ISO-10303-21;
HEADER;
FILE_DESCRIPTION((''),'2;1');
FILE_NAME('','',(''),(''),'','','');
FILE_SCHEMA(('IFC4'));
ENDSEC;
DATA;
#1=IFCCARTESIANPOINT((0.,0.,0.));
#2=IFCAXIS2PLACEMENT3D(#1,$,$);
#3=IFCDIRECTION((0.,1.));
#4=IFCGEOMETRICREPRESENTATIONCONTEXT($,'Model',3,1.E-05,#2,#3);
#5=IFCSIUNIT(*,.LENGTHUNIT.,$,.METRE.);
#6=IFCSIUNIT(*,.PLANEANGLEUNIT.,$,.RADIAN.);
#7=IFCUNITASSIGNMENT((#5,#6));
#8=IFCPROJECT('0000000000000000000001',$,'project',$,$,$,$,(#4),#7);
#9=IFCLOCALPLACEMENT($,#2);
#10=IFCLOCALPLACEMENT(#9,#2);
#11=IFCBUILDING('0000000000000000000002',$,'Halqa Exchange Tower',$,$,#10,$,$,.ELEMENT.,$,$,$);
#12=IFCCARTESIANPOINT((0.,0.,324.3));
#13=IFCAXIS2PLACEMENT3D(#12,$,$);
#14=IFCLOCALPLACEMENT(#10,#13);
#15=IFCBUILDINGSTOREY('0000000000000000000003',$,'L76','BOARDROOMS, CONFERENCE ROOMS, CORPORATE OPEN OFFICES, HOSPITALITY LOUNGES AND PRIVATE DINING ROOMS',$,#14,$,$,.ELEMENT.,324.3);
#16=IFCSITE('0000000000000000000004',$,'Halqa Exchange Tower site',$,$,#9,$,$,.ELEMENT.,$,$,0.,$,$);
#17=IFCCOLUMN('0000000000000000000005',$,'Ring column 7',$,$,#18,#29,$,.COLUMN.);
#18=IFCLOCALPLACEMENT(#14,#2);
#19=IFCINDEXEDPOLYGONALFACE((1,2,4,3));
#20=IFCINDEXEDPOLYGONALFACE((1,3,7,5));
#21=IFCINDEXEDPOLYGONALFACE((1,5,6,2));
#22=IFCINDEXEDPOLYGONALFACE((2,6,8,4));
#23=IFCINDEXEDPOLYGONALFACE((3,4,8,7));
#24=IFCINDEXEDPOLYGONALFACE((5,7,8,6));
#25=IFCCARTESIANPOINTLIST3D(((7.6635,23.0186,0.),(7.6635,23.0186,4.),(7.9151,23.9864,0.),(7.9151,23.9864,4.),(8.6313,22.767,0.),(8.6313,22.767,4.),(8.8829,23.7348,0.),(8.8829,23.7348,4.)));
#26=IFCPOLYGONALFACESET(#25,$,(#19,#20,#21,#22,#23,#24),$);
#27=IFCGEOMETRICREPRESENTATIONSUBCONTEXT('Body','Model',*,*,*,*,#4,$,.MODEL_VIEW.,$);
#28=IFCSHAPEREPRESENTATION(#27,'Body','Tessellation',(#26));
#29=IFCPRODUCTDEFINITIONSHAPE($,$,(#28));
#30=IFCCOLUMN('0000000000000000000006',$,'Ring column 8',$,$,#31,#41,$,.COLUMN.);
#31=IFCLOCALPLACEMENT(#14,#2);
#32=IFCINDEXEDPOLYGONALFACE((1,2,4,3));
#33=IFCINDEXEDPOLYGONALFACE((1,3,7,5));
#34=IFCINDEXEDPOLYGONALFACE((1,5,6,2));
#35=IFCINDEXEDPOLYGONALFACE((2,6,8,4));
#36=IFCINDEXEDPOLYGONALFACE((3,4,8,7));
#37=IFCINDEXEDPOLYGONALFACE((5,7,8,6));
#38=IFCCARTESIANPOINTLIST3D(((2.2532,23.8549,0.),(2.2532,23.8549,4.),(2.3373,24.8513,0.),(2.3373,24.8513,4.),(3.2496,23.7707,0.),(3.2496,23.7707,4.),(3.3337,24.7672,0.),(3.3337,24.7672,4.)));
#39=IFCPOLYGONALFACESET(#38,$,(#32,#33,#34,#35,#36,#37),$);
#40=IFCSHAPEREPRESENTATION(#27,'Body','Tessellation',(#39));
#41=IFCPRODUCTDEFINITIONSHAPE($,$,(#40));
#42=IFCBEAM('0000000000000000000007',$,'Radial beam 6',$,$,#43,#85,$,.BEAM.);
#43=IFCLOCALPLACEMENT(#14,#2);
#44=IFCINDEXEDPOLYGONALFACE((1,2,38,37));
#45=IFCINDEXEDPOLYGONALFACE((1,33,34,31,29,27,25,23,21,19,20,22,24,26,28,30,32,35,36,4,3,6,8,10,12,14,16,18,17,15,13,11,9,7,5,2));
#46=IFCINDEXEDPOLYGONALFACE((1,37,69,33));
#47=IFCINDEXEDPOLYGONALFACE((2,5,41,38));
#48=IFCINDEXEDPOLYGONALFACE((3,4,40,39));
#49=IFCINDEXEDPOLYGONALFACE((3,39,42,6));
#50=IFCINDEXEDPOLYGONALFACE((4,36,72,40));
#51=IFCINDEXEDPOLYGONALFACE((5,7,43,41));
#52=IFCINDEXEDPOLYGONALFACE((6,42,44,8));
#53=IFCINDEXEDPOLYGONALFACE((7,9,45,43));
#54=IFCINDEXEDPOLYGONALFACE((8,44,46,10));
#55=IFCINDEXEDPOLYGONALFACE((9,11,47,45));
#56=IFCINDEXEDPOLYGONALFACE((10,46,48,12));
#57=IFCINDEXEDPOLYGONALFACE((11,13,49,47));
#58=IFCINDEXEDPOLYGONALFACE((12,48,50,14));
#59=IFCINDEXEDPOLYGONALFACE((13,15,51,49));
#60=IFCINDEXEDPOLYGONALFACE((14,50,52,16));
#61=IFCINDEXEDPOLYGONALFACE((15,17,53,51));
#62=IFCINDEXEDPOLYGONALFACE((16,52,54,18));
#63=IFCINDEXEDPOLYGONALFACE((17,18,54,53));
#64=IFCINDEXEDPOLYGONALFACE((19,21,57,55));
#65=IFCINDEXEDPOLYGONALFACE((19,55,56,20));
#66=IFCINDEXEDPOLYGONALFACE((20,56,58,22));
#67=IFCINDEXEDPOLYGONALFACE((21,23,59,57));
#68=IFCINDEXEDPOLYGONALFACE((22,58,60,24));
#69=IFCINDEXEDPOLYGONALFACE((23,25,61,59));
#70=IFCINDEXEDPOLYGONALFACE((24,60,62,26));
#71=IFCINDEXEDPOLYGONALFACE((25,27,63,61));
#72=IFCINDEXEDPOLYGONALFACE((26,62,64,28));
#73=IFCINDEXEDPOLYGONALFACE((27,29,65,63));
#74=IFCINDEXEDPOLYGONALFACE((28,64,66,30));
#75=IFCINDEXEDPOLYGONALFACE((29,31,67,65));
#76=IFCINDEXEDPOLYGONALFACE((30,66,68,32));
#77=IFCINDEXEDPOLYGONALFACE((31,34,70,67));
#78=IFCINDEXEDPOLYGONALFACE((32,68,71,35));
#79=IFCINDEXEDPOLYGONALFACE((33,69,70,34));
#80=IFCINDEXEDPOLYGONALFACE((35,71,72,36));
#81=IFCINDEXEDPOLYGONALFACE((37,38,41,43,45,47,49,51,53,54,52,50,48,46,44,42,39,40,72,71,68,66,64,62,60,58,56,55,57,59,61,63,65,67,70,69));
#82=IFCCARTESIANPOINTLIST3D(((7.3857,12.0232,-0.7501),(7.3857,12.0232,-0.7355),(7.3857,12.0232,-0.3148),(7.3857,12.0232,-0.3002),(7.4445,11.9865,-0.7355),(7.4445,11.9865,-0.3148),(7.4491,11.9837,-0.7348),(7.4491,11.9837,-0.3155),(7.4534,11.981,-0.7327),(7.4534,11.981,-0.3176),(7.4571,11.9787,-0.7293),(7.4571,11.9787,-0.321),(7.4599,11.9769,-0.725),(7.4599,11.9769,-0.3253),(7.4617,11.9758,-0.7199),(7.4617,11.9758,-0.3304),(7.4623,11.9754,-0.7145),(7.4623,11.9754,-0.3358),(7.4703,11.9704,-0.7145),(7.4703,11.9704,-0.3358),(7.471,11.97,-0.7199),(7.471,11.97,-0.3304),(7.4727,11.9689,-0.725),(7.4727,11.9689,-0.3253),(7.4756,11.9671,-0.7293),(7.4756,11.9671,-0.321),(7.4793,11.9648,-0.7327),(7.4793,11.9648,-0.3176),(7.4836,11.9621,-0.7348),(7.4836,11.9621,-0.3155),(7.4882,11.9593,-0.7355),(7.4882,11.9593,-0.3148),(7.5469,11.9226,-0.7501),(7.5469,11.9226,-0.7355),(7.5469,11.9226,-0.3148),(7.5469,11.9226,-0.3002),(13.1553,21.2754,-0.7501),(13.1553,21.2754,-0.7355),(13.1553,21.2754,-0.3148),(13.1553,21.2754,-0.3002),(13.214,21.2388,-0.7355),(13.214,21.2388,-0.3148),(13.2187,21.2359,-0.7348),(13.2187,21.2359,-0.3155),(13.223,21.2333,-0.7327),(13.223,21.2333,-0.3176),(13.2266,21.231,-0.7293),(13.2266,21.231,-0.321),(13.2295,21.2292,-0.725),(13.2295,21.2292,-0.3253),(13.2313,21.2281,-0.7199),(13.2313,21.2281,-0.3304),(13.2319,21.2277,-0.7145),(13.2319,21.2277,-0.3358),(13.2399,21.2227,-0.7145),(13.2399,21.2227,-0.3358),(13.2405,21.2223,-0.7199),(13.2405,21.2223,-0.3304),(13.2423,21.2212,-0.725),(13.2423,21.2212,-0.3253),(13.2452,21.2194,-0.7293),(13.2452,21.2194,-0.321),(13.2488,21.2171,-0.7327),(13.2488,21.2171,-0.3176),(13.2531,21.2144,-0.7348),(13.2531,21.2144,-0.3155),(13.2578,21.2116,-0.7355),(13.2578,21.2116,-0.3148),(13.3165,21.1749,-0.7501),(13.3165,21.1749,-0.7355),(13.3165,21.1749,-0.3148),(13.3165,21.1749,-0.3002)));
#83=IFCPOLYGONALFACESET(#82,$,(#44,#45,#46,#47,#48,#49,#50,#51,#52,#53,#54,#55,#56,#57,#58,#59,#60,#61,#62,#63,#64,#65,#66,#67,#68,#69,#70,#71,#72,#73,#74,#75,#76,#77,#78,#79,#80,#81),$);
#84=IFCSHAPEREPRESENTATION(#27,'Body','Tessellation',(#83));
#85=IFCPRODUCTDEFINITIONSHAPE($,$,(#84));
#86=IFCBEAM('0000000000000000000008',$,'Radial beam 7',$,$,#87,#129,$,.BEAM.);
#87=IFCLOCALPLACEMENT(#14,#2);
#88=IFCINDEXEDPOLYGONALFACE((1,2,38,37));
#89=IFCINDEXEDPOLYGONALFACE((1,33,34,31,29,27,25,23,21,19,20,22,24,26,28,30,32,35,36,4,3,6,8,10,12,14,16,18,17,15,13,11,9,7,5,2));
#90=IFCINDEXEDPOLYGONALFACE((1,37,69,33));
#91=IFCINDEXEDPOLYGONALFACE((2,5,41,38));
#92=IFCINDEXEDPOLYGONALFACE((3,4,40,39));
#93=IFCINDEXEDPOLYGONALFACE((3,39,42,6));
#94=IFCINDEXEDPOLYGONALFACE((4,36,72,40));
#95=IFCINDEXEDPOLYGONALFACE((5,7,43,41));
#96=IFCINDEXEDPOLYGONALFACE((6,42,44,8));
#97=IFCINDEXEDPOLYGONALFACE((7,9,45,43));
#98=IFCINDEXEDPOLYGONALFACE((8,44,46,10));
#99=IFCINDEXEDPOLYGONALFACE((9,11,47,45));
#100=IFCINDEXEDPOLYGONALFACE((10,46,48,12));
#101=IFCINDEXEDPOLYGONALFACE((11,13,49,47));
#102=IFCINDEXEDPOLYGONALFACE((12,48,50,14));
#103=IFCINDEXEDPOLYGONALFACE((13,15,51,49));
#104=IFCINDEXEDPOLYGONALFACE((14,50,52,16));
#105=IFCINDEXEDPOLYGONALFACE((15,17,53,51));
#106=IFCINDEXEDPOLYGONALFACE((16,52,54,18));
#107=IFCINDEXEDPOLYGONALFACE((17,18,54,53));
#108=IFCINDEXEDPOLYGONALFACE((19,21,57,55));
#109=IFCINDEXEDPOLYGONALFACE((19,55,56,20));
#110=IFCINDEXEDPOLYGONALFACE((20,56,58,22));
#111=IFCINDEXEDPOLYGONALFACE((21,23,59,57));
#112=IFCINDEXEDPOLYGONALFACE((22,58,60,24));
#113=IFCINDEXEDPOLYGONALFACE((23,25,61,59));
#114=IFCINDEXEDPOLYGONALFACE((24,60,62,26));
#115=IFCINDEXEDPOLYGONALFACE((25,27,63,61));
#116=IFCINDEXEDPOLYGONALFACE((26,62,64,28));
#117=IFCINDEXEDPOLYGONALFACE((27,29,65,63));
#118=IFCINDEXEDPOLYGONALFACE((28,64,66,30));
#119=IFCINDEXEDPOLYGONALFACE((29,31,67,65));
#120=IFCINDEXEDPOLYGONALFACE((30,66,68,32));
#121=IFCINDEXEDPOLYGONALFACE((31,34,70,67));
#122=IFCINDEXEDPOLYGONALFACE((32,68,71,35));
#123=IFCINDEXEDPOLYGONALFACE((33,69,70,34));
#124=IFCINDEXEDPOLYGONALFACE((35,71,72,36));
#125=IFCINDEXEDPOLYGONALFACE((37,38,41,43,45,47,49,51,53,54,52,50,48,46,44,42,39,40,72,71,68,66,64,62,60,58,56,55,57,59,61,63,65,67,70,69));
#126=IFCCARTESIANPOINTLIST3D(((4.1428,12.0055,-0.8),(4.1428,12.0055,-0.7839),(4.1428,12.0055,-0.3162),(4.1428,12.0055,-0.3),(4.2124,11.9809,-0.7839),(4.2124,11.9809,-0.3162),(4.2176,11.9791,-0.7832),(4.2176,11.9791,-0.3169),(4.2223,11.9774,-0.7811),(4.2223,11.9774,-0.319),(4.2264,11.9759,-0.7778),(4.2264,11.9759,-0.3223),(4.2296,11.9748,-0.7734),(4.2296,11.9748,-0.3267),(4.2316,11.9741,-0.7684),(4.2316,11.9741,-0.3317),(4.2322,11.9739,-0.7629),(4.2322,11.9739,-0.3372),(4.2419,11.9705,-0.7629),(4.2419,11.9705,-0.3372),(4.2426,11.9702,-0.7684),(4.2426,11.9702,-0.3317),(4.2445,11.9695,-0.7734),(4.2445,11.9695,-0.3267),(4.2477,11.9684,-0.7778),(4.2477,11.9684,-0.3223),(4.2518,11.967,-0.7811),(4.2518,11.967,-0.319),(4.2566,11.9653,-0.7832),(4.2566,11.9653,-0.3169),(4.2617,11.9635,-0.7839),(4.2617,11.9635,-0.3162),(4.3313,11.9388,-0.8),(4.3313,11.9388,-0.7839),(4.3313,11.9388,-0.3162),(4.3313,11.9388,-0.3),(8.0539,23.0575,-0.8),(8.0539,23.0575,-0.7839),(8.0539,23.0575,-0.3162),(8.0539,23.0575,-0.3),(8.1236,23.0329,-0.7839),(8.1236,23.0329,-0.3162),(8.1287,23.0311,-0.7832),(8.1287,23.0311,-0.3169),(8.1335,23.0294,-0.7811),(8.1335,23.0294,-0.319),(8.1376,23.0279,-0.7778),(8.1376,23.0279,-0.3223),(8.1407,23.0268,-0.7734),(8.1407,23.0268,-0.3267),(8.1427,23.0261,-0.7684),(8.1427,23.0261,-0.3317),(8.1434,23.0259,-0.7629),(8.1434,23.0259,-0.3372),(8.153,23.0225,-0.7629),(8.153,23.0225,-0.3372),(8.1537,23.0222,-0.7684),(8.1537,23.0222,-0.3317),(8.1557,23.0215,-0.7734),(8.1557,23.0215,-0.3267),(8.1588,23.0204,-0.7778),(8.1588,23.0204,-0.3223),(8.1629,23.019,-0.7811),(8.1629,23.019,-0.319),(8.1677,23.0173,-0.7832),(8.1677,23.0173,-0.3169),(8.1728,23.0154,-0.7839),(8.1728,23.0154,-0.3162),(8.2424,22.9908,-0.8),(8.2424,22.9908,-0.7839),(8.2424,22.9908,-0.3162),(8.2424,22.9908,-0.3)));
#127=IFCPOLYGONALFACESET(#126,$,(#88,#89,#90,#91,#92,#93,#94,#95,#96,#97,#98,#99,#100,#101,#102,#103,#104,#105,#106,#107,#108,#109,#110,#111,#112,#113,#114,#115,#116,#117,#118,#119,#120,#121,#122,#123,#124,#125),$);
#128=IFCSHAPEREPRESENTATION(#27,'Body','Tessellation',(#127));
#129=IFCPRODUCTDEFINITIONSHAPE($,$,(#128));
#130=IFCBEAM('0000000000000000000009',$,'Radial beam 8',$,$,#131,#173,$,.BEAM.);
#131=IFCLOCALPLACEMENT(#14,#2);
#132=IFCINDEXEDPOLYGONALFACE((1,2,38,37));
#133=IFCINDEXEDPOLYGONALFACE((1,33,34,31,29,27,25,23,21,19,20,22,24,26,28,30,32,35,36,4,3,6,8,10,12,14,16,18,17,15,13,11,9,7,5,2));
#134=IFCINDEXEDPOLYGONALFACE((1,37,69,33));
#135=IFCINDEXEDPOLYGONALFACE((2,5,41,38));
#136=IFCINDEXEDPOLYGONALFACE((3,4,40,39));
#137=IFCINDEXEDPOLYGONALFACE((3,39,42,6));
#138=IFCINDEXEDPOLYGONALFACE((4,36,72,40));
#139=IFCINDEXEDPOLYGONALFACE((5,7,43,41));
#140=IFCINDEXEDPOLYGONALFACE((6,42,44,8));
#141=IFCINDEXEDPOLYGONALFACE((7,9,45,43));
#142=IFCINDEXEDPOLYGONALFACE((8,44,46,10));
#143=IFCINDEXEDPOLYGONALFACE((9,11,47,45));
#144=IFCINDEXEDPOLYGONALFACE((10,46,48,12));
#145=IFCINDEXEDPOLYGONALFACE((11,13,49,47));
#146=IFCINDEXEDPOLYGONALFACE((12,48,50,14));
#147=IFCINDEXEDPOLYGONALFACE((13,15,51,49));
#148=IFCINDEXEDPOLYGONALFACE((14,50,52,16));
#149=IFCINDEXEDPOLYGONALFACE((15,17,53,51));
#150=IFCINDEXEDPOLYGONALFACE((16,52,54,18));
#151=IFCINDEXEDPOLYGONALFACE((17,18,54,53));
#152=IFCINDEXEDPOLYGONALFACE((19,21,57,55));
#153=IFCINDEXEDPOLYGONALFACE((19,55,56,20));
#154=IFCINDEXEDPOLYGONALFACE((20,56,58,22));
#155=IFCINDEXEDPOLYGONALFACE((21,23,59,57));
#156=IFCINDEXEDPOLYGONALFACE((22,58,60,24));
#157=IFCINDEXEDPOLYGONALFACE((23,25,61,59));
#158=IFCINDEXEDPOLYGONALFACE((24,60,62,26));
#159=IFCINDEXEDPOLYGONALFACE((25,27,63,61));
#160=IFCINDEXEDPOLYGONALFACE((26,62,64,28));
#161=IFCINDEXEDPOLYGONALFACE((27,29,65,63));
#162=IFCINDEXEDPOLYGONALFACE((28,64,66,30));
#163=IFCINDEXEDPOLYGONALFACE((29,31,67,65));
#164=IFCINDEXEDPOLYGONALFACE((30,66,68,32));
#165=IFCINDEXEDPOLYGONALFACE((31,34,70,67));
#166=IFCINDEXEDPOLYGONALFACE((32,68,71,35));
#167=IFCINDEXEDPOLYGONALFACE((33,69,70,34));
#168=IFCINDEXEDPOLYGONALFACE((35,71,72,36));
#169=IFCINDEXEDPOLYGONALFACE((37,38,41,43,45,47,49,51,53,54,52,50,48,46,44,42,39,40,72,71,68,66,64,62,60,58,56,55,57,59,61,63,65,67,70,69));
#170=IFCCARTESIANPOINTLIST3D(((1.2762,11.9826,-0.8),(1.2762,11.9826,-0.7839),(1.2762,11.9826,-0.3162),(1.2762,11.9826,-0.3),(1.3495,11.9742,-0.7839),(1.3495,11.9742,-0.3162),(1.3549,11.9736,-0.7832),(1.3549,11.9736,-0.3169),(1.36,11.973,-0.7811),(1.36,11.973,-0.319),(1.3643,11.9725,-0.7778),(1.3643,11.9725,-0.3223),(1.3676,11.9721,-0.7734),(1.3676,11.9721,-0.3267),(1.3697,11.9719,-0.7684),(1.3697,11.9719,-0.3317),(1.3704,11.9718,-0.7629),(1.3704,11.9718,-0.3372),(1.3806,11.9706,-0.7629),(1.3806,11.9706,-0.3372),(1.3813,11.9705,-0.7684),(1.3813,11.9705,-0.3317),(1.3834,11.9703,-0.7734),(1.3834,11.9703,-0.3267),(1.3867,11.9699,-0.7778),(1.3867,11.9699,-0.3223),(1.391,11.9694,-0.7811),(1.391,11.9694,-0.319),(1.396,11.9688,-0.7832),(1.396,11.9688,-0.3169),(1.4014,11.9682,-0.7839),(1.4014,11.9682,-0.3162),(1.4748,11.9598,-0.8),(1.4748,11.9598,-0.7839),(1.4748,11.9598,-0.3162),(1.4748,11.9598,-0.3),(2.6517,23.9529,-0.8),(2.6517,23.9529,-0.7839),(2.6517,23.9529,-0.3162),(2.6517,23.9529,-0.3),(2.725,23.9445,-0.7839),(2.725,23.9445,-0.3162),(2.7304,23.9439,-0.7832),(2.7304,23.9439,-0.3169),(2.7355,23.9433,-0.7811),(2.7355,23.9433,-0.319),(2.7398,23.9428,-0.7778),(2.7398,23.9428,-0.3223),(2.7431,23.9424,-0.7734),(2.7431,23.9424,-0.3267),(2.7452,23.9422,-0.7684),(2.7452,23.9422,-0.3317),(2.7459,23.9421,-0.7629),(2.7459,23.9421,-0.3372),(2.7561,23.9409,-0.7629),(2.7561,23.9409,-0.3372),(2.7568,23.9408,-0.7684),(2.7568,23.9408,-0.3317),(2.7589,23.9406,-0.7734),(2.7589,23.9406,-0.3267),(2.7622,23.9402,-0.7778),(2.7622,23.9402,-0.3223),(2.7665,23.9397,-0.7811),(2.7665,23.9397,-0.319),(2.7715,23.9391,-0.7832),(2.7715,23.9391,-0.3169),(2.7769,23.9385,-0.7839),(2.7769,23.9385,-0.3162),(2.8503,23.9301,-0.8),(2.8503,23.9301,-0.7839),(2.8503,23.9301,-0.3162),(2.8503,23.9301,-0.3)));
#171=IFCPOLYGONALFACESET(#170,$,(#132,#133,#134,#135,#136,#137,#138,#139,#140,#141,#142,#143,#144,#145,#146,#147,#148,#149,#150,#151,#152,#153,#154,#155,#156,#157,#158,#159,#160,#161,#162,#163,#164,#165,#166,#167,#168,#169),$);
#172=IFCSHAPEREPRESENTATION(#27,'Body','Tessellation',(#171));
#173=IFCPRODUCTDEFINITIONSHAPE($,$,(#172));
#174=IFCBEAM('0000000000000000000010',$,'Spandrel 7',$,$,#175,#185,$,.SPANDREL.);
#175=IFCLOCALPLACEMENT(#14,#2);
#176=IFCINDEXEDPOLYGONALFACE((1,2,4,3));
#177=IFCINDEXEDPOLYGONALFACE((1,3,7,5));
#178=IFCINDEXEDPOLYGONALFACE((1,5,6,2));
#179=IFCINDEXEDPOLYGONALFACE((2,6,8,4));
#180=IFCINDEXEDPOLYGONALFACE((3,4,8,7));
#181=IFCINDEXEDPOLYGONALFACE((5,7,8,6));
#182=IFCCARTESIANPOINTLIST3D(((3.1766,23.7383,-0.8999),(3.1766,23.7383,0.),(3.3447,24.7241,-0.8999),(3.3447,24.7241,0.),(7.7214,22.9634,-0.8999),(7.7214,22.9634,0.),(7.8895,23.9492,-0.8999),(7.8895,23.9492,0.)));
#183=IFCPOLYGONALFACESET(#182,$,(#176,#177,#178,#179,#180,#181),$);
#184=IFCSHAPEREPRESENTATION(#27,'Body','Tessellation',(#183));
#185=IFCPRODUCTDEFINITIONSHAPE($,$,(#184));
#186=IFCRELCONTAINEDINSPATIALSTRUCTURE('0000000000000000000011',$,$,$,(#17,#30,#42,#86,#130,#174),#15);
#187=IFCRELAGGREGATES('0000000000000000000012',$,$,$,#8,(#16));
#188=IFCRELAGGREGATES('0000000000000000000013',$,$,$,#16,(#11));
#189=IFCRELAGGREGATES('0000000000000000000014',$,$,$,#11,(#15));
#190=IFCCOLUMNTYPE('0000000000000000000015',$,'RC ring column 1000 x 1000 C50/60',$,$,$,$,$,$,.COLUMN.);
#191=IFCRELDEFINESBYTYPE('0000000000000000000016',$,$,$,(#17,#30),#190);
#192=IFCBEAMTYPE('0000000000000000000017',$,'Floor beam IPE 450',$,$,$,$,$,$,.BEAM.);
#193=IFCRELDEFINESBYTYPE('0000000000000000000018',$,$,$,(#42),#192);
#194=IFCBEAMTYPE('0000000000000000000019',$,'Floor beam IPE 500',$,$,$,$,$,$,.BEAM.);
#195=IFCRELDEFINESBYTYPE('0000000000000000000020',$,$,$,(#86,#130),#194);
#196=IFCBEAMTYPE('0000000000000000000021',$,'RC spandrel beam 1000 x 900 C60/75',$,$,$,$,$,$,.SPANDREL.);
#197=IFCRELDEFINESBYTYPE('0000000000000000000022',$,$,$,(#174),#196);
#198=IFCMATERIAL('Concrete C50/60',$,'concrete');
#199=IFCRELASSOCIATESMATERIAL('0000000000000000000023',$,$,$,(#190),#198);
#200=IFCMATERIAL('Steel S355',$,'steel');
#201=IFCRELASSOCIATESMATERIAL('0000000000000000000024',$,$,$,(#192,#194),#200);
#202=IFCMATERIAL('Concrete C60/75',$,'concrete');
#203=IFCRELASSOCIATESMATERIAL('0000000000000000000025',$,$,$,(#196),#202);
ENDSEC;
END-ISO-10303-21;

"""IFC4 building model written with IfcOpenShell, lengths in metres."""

from ifc_helpers import new_model, si_unit, direction, frame, origin, origin_2d, place, context, subcontext, project, spatial, rectangle, i_section, extrude, material, material_profile, profile_set, type_object, element, save


model = new_model("IFC4")

# Units and contexts
model_context = context("Model", 3, precision=1e-05, world=origin(), true_north=direction((0.0, 1.0)))
body_context = subcontext(model_context, "Body", "Model", "MODEL_VIEW")
ifc_project = project(units=[si_unit("LENGTHUNIT", "METRE"), si_unit("PLANEANGLEUNIT", "RADIAN")], contexts=[model_context])

# Site, building, storey
site_placement = place(None, origin())
site = spatial("IfcSite", under=ifc_project, at=site_placement, Name="Halqa Exchange Tower site", CompositionType="ELEMENT", RefElevation=0.0)
building_placement = place(site_placement, origin())
building = spatial("IfcBuilding", under=site, at=building_placement, Name="Halqa Exchange Tower", CompositionType="ELEMENT")
storey_placement = place(building_placement, frame((0.0, 0.0, 324.3)))
storey = spatial("IfcBuildingStorey", under=building, at=storey_placement, Name="L76", Description="BOARDROOMS, CONFERENCE ROOMS, CORPORATE OPEN OFFICES, HOSPITALITY LOUNGES AND PRIVATE DINING ROOMS", CompositionType="ELEMENT", Elevation=324.3)

# Columns
ifc_material_1 = material(Name="Concrete C50/60", Category="concrete")
ifc_material_profile_1 = material_profile(ifc_material_1, rectangle(XDim=1.0, YDim=1.0, at=origin_2d()), Name="1000 x 1000")
ifc_profile_set_1 = profile_set([ifc_material_profile_1], Name="Concrete C50/60")
column_type = type_object("IfcColumnType", Name="RC ring column 1000 x 1000 C50/60", PredefinedType="COLUMN", material=ifc_profile_set_1)
for number, where, z_axis, x_axis, name in (
    (1, (8.2732, 23.3767, 0.0), (0.0, 0.0, 1.0), (-0.967819, 0.251647, 0.0), "Ring column 7"),
    (2, (2.7935, 24.311, 0.0), (0.0, 0.0, 1.0), (-0.996455, 0.084127, 0.0), "Ring column 8"),
):
    element("IfcColumn", number, at=place(storey_placement, frame(where, z_axis=z_axis, x_axis=x_axis)), inside=storey, type_object=column_type, Name=name, PredefinedType="COLUMN", context=body_context, shape_type="SweptSolid", body=[
        extrude(rectangle(XDim=1.0, YDim=1.0, at=origin_2d()), origin(), (0.0, 0.0, 1.0), 4.0),
    ])

# Beams
ifc_material_2 = material(Name="Steel S355", Category="steel")
ifc_material_profile_2 = material_profile(ifc_material_2, i_section(OverallWidth=0.1899, OverallDepth=0.45, WebThickness=0.0095, FlangeThickness=0.0146, FilletRadius=0.021, at=origin_2d()), Name="IPE 450")
ifc_profile_set_2 = profile_set([ifc_material_profile_2], Name="Steel S355")
beam_type_1 = type_object("IfcBeamType", Name="Floor beam IPE 450", PredefinedType="BEAM", material=ifc_profile_set_2)
beam_1_placement = place(storey_placement, frame((7.4663, 11.9729, -0.5251), z_axis=(0.529135, 0.848538, 0.0), x_axis=(-0.848538, 0.529135, 0.0)))
element("IfcBeam", 3, at=beam_1_placement, inside=storey, type_object=beam_type_1, Name="Radial beam 6", PredefinedType="BEAM", context=body_context, shape_type="SweptSolid", body=[
    extrude(i_section(OverallWidth=0.1899, OverallDepth=0.45, WebThickness=0.0095, FlangeThickness=0.0146, FilletRadius=0.021, at=origin_2d()), origin(), (0.0, 0.0, 1.0), 10.9038),
])
ifc_material_profile_3 = material_profile(ifc_material_2, i_section(OverallWidth=0.2, OverallDepth=0.5, WebThickness=0.0103, FlangeThickness=0.0161, FilletRadius=0.021, at=origin_2d()), Name="IPE 500")
ifc_profile_set_3 = profile_set([ifc_material_profile_3], Name="Steel S355")
beam_type_2 = type_object("IfcBeamType", Name="Floor beam IPE 500", PredefinedType="BEAM", material=ifc_profile_set_3)
beam_2_placement = place(storey_placement, frame((4.2371, 11.9722, -0.55), z_axis=(0.333611, 0.942711, 0.0), x_axis=(-0.942711, 0.333611, 0.0)))
element("IfcBeam", 4, at=beam_2_placement, inside=storey, type_object=beam_type_2, Name="Radial beam 7", PredefinedType="BEAM", context=body_context, shape_type="SweptSolid", body=[
    extrude(i_section(OverallWidth=0.2, OverallDepth=0.5, WebThickness=0.0103, FlangeThickness=0.0161, FilletRadius=0.021, at=origin_2d()), origin(), (0.0, 0.0, 1.0), 11.7236),
])
beam_3_placement = place(storey_placement, frame((1.3755, 11.9712, -0.55), z_axis=(0.114158, 0.993463, 0.0), x_axis=(-0.993463, 0.114158, 0.0)))
element("IfcBeam", 5, at=beam_3_placement, inside=storey, type_object=beam_type_2, Name="Radial beam 8", PredefinedType="BEAM", context=body_context, shape_type="SweptSolid", body=[
    extrude(i_section(OverallWidth=0.2, OverallDepth=0.5, WebThickness=0.0103, FlangeThickness=0.0161, FilletRadius=0.021, at=origin_2d()), origin(), (0.0, 0.0, 1.0), 12.0491),
])
ifc_material_3 = material(Name="Concrete C60/75", Category="concrete")
ifc_material_profile_4 = material_profile(ifc_material_3, rectangle(XDim=1.0, YDim=0.8999, at=origin_2d()), Name="1000 x 900")
ifc_profile_set_4 = profile_set([ifc_material_profile_4], Name="Concrete C60/75")
beam_type_3 = type_object("IfcBeamType", Name="RC spandrel beam 1000 x 900 C60/75", PredefinedType="SPANDREL", material=ifc_profile_set_4)
beam_4_placement = place(storey_placement, frame((7.8054, 23.4563, -0.45), z_axis=(-0.985773, 0.168082, 0.0), x_axis=(-0.168082, -0.985773, 0.0)))
element("IfcBeam", 6, at=beam_4_placement, inside=storey, type_object=beam_type_3, Name="Spandrel 7", PredefinedType="SPANDREL", context=body_context, shape_type="SweptSolid", body=[
    extrude(rectangle(XDim=1.0, YDim=0.8999, at=origin_2d()), origin(), (0.0, 0.0, 1.0), 4.6104),
])

save(model, "model.ifc")
